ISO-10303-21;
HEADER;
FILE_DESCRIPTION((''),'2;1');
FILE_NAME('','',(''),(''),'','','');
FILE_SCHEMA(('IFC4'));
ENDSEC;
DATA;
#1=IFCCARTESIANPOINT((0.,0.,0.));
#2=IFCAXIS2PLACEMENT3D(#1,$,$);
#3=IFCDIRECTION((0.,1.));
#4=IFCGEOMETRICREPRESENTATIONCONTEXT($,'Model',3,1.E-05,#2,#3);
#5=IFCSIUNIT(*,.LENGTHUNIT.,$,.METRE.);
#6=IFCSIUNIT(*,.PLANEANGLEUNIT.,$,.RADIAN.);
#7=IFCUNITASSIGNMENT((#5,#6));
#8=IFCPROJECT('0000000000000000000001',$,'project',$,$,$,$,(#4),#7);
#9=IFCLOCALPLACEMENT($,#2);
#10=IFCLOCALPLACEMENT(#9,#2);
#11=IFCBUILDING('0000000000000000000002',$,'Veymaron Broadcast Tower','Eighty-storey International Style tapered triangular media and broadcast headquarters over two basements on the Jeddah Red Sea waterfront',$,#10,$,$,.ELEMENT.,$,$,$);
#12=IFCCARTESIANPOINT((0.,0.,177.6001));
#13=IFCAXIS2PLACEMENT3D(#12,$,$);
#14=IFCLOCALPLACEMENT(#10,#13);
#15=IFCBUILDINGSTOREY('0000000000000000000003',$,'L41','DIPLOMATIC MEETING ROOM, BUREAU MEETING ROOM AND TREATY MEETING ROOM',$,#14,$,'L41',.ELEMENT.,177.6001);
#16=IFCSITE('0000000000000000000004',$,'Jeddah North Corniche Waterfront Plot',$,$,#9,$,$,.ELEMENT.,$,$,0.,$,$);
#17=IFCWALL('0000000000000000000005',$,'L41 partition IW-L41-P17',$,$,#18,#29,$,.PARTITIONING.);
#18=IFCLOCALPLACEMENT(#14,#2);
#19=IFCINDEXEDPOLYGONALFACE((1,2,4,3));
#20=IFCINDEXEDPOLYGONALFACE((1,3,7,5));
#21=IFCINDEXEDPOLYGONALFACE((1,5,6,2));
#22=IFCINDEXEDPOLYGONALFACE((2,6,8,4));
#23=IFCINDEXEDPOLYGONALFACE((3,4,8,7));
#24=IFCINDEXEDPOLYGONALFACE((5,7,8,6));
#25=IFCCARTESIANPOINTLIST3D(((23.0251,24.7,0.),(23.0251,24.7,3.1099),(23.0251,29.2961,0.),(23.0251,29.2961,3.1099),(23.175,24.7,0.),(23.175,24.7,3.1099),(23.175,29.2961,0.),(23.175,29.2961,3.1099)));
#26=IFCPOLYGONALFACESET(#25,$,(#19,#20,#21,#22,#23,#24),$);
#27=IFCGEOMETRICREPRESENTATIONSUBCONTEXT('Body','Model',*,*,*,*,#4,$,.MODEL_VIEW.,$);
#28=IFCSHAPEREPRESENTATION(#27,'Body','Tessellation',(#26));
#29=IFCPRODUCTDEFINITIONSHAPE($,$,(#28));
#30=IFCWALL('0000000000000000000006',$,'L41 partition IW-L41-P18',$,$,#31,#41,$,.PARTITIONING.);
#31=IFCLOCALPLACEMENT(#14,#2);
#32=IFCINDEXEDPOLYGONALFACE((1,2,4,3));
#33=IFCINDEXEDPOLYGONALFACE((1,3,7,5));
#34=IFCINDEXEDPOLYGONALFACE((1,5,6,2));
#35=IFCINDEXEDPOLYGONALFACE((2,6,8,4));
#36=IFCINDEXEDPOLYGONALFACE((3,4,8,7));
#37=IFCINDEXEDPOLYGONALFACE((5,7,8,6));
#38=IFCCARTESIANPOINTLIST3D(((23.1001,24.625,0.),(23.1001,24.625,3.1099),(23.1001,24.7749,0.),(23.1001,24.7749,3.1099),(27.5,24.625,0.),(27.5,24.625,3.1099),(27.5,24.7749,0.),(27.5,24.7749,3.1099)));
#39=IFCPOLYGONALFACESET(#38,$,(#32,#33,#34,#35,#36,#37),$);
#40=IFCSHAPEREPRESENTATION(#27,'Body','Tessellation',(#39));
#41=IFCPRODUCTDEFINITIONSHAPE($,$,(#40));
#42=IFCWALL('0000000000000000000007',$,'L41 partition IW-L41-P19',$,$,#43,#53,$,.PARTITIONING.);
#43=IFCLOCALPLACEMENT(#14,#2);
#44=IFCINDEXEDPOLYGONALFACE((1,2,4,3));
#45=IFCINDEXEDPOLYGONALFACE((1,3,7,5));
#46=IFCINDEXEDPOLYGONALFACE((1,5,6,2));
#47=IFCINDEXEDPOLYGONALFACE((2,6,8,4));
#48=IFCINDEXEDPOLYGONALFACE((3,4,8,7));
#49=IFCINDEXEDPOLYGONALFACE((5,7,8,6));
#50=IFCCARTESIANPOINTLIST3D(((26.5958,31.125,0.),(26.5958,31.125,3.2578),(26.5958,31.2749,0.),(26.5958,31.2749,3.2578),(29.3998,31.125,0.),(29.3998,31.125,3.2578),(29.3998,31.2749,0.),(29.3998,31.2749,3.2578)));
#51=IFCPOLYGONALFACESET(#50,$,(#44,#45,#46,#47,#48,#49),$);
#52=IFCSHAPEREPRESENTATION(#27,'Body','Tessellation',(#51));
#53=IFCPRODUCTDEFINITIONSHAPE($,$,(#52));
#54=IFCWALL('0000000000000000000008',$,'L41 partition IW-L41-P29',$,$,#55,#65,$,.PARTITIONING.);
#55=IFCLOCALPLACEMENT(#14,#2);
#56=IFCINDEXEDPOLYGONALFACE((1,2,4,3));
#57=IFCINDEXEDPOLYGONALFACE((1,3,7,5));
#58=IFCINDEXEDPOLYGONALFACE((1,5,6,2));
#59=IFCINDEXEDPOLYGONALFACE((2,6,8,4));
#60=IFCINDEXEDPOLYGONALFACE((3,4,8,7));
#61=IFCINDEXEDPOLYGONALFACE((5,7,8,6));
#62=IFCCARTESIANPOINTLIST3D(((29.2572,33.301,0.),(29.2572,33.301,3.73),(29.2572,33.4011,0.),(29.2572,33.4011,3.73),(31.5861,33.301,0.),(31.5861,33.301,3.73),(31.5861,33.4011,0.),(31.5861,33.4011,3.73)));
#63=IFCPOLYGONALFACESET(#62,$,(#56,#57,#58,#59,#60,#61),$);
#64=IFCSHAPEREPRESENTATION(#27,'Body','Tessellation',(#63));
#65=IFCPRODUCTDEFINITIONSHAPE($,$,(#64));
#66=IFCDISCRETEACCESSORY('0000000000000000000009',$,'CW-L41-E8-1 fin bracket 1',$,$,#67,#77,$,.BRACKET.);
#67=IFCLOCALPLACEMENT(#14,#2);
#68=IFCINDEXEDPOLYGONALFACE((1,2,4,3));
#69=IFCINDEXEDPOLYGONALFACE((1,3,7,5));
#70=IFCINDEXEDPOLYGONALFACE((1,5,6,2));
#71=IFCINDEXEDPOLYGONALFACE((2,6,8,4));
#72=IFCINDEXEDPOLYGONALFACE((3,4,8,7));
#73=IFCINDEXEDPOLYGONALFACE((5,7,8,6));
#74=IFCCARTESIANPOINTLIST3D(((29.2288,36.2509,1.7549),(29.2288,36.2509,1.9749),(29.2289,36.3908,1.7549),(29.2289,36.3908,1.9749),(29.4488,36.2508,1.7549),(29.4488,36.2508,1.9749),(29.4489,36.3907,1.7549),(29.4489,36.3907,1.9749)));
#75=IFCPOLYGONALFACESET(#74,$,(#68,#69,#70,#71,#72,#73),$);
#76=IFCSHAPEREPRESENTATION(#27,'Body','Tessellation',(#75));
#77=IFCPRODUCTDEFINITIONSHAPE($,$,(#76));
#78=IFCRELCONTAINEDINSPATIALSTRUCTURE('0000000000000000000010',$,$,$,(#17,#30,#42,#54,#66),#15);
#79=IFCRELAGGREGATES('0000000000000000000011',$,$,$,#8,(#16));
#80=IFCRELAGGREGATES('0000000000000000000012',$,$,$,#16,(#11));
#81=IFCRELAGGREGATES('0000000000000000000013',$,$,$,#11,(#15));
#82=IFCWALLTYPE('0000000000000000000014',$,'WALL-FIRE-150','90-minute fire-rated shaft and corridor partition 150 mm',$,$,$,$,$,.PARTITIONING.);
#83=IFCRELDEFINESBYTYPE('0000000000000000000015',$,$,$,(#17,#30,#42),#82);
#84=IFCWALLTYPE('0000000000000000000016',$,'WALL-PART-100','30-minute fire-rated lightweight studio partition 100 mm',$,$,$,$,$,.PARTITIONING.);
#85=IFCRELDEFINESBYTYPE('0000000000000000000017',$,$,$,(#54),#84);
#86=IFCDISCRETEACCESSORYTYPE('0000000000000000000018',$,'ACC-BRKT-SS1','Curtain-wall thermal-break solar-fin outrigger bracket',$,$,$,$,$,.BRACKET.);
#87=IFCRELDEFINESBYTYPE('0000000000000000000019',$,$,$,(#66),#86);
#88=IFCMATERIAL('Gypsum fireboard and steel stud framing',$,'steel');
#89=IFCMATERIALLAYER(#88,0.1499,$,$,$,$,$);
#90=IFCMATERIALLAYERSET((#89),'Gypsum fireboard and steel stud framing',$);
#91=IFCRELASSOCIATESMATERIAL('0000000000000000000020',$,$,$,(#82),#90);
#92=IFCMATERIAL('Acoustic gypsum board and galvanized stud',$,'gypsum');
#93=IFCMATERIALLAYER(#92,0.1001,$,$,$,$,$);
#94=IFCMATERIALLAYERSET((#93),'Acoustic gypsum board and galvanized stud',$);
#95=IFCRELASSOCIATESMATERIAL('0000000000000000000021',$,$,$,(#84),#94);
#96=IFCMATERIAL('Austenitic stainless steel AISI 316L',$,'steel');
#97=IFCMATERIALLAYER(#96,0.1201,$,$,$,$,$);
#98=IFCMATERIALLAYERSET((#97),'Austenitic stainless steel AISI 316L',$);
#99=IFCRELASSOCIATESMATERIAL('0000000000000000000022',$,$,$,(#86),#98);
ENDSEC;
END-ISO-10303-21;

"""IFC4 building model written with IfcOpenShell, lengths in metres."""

from ifc_helpers import new_model, si_unit, direction, frame, frame_2d, origin, origin_2d, place, context, subcontext, project, spatial, rectangle, extrude, material, layer, layer_set, type_object, element, save


model = new_model("IFC4")

# Units and contexts
model_context = context("Model", 3, precision=1e-05, world=origin(), true_north=direction((0.0, 1.0)))
body_context = subcontext(model_context, "Body", "Model", "MODEL_VIEW")
ifc_project = project(units=[si_unit("LENGTHUNIT", "METRE"), si_unit("PLANEANGLEUNIT", "RADIAN")], contexts=[model_context])

# Site, building, storey
site_placement = place(None, origin())
site = spatial("IfcSite", under=ifc_project, at=site_placement, Name="Jeddah North Corniche Waterfront Plot", CompositionType="ELEMENT", RefElevation=0.0)
building_placement = place(site_placement, origin())
building = spatial("IfcBuilding", under=site, at=building_placement, Name="Veymaron Broadcast Tower", Description="Eighty-storey International Style tapered triangular media and broadcast headquarters over two basements on the Jeddah Red Sea waterfront", CompositionType="ELEMENT")
storey_placement = place(building_placement, frame((0.0, 0.0, 177.6001)))
storey = spatial("IfcBuildingStorey", under=building, at=storey_placement, Name="L41", Description="DIPLOMATIC MEETING ROOM, BUREAU MEETING ROOM AND TREATY MEETING ROOM", LongName="L41", CompositionType="ELEMENT", Elevation=177.6001)

# Shared definitions
ifc_material_1 = material(Name="Gypsum fireboard and steel stud framing", Category="steel")
ifc_layer_1 = layer(ifc_material_1, 0.1499)
ifc_layer_set_1 = layer_set([ifc_layer_1], Name="Gypsum fireboard and steel stud framing")
wall_type_1 = type_object("IfcWallType", Name="WALL-FIRE-150", Description="90-minute fire-rated shaft and corridor partition 150 mm", PredefinedType="PARTITIONING", material=ifc_layer_set_1)

# Walls
wall_1_placement = place(storey_placement, frame((23.1001, 24.7, 0.0), z_axis=(0.0, 0.0, 1.0), x_axis=(0.0, 1.0, 0.0)))
element("IfcWall", 1, at=wall_1_placement, inside=storey, type_object=wall_type_1, Name="L41 partition IW-L41-P17", PredefinedType="PARTITIONING", context=body_context, shape_type="SweptSolid", body=[
    extrude(rectangle(XDim=4.5962, YDim=0.1499, at=frame_2d((2.2981, 0.0))), origin(), (0.0, 0.0, 1.0), 3.1099),
])
wall_2_placement = place(storey_placement, frame((23.1001, 24.7, 0.0), z_axis=(0.0, 0.0, 1.0), x_axis=(1.0, 0.0, 0.0)))
element("IfcWall", 2, at=wall_2_placement, inside=storey, type_object=wall_type_1, Name="L41 partition IW-L41-P18", PredefinedType="PARTITIONING", context=body_context, shape_type="SweptSolid", body=[
    extrude(rectangle(XDim=4.3999, YDim=0.1499, at=frame_2d((2.2, 0.0))), origin(), (0.0, 0.0, 1.0), 3.1099),
])
wall_3_placement = place(storey_placement, frame((26.5959, 31.2, 0.0), z_axis=(0.0, 0.0, 1.0), x_axis=(1.0, 0.0, 0.0)))
element("IfcWall", 3, at=wall_3_placement, inside=storey, type_object=wall_type_1, Name="L41 partition IW-L41-P19", PredefinedType="PARTITIONING", context=body_context, shape_type="SweptSolid", body=[
    extrude(rectangle(XDim=2.804, YDim=0.1499, at=frame_2d((1.4019, 0.0))), origin(), (0.0, 0.0, 1.0), 3.2578),
])
ifc_material_2 = material(Name="Acoustic gypsum board and galvanized stud", Category="gypsum")
ifc_layer_2 = layer(ifc_material_2, 0.1001)
ifc_layer_set_2 = layer_set([ifc_layer_2], Name="Acoustic gypsum board and galvanized stud")
wall_type_2 = type_object("IfcWallType", Name="WALL-PART-100", Description="30-minute fire-rated lightweight studio partition 100 mm", PredefinedType="PARTITIONING", material=ifc_layer_set_2)
wall_4_placement = place(storey_placement, frame((29.2571, 33.3511, 0.0), z_axis=(0.0, 0.0, 1.0), x_axis=(1.0, 0.0, 0.0)))
element("IfcWall", 4, at=wall_4_placement, inside=storey, type_object=wall_type_2, Name="L41 partition IW-L41-P29", PredefinedType="PARTITIONING", context=body_context, shape_type="SweptSolid", body=[
    extrude(rectangle(XDim=2.3289, YDim=0.1001, at=frame_2d((1.1646, 0.0))), origin(), (0.0, 0.0, 1.0), 3.73),
])

# Discrete accessory
ifc_material_3 = material(Name="Austenitic stainless steel AISI 316L", Category="steel")
ifc_layer_3 = layer(ifc_material_3, 0.1201)
ifc_layer_set_3 = layer_set([ifc_layer_3], Name="Austenitic stainless steel AISI 316L")
discrete_accessory_type = type_object("IfcDiscreteAccessoryType", Name="ACC-BRKT-SS1", Description="Curtain-wall thermal-break solar-fin outrigger bracket", PredefinedType="BRACKET", material=ifc_layer_set_3)
discrete_accessory_placement = place(storey_placement, frame((29.3389, 36.3208, 1.7549), z_axis=(0.0, 0.0, 1.0), x_axis=(-1.0, 0.000559, 0.0)))
element("IfcDiscreteAccessory", 5, at=discrete_accessory_placement, inside=storey, type_object=discrete_accessory_type, Name="CW-L41-E8-1 fin bracket 1", PredefinedType="BRACKET", context=body_context, shape_type="SweptSolid", body=[
    extrude(rectangle(XDim=0.22, YDim=0.1399, at=origin_2d()), origin(), (0.0, 0.0, 1.0), 0.22),
])

save(model, "model.ifc")
